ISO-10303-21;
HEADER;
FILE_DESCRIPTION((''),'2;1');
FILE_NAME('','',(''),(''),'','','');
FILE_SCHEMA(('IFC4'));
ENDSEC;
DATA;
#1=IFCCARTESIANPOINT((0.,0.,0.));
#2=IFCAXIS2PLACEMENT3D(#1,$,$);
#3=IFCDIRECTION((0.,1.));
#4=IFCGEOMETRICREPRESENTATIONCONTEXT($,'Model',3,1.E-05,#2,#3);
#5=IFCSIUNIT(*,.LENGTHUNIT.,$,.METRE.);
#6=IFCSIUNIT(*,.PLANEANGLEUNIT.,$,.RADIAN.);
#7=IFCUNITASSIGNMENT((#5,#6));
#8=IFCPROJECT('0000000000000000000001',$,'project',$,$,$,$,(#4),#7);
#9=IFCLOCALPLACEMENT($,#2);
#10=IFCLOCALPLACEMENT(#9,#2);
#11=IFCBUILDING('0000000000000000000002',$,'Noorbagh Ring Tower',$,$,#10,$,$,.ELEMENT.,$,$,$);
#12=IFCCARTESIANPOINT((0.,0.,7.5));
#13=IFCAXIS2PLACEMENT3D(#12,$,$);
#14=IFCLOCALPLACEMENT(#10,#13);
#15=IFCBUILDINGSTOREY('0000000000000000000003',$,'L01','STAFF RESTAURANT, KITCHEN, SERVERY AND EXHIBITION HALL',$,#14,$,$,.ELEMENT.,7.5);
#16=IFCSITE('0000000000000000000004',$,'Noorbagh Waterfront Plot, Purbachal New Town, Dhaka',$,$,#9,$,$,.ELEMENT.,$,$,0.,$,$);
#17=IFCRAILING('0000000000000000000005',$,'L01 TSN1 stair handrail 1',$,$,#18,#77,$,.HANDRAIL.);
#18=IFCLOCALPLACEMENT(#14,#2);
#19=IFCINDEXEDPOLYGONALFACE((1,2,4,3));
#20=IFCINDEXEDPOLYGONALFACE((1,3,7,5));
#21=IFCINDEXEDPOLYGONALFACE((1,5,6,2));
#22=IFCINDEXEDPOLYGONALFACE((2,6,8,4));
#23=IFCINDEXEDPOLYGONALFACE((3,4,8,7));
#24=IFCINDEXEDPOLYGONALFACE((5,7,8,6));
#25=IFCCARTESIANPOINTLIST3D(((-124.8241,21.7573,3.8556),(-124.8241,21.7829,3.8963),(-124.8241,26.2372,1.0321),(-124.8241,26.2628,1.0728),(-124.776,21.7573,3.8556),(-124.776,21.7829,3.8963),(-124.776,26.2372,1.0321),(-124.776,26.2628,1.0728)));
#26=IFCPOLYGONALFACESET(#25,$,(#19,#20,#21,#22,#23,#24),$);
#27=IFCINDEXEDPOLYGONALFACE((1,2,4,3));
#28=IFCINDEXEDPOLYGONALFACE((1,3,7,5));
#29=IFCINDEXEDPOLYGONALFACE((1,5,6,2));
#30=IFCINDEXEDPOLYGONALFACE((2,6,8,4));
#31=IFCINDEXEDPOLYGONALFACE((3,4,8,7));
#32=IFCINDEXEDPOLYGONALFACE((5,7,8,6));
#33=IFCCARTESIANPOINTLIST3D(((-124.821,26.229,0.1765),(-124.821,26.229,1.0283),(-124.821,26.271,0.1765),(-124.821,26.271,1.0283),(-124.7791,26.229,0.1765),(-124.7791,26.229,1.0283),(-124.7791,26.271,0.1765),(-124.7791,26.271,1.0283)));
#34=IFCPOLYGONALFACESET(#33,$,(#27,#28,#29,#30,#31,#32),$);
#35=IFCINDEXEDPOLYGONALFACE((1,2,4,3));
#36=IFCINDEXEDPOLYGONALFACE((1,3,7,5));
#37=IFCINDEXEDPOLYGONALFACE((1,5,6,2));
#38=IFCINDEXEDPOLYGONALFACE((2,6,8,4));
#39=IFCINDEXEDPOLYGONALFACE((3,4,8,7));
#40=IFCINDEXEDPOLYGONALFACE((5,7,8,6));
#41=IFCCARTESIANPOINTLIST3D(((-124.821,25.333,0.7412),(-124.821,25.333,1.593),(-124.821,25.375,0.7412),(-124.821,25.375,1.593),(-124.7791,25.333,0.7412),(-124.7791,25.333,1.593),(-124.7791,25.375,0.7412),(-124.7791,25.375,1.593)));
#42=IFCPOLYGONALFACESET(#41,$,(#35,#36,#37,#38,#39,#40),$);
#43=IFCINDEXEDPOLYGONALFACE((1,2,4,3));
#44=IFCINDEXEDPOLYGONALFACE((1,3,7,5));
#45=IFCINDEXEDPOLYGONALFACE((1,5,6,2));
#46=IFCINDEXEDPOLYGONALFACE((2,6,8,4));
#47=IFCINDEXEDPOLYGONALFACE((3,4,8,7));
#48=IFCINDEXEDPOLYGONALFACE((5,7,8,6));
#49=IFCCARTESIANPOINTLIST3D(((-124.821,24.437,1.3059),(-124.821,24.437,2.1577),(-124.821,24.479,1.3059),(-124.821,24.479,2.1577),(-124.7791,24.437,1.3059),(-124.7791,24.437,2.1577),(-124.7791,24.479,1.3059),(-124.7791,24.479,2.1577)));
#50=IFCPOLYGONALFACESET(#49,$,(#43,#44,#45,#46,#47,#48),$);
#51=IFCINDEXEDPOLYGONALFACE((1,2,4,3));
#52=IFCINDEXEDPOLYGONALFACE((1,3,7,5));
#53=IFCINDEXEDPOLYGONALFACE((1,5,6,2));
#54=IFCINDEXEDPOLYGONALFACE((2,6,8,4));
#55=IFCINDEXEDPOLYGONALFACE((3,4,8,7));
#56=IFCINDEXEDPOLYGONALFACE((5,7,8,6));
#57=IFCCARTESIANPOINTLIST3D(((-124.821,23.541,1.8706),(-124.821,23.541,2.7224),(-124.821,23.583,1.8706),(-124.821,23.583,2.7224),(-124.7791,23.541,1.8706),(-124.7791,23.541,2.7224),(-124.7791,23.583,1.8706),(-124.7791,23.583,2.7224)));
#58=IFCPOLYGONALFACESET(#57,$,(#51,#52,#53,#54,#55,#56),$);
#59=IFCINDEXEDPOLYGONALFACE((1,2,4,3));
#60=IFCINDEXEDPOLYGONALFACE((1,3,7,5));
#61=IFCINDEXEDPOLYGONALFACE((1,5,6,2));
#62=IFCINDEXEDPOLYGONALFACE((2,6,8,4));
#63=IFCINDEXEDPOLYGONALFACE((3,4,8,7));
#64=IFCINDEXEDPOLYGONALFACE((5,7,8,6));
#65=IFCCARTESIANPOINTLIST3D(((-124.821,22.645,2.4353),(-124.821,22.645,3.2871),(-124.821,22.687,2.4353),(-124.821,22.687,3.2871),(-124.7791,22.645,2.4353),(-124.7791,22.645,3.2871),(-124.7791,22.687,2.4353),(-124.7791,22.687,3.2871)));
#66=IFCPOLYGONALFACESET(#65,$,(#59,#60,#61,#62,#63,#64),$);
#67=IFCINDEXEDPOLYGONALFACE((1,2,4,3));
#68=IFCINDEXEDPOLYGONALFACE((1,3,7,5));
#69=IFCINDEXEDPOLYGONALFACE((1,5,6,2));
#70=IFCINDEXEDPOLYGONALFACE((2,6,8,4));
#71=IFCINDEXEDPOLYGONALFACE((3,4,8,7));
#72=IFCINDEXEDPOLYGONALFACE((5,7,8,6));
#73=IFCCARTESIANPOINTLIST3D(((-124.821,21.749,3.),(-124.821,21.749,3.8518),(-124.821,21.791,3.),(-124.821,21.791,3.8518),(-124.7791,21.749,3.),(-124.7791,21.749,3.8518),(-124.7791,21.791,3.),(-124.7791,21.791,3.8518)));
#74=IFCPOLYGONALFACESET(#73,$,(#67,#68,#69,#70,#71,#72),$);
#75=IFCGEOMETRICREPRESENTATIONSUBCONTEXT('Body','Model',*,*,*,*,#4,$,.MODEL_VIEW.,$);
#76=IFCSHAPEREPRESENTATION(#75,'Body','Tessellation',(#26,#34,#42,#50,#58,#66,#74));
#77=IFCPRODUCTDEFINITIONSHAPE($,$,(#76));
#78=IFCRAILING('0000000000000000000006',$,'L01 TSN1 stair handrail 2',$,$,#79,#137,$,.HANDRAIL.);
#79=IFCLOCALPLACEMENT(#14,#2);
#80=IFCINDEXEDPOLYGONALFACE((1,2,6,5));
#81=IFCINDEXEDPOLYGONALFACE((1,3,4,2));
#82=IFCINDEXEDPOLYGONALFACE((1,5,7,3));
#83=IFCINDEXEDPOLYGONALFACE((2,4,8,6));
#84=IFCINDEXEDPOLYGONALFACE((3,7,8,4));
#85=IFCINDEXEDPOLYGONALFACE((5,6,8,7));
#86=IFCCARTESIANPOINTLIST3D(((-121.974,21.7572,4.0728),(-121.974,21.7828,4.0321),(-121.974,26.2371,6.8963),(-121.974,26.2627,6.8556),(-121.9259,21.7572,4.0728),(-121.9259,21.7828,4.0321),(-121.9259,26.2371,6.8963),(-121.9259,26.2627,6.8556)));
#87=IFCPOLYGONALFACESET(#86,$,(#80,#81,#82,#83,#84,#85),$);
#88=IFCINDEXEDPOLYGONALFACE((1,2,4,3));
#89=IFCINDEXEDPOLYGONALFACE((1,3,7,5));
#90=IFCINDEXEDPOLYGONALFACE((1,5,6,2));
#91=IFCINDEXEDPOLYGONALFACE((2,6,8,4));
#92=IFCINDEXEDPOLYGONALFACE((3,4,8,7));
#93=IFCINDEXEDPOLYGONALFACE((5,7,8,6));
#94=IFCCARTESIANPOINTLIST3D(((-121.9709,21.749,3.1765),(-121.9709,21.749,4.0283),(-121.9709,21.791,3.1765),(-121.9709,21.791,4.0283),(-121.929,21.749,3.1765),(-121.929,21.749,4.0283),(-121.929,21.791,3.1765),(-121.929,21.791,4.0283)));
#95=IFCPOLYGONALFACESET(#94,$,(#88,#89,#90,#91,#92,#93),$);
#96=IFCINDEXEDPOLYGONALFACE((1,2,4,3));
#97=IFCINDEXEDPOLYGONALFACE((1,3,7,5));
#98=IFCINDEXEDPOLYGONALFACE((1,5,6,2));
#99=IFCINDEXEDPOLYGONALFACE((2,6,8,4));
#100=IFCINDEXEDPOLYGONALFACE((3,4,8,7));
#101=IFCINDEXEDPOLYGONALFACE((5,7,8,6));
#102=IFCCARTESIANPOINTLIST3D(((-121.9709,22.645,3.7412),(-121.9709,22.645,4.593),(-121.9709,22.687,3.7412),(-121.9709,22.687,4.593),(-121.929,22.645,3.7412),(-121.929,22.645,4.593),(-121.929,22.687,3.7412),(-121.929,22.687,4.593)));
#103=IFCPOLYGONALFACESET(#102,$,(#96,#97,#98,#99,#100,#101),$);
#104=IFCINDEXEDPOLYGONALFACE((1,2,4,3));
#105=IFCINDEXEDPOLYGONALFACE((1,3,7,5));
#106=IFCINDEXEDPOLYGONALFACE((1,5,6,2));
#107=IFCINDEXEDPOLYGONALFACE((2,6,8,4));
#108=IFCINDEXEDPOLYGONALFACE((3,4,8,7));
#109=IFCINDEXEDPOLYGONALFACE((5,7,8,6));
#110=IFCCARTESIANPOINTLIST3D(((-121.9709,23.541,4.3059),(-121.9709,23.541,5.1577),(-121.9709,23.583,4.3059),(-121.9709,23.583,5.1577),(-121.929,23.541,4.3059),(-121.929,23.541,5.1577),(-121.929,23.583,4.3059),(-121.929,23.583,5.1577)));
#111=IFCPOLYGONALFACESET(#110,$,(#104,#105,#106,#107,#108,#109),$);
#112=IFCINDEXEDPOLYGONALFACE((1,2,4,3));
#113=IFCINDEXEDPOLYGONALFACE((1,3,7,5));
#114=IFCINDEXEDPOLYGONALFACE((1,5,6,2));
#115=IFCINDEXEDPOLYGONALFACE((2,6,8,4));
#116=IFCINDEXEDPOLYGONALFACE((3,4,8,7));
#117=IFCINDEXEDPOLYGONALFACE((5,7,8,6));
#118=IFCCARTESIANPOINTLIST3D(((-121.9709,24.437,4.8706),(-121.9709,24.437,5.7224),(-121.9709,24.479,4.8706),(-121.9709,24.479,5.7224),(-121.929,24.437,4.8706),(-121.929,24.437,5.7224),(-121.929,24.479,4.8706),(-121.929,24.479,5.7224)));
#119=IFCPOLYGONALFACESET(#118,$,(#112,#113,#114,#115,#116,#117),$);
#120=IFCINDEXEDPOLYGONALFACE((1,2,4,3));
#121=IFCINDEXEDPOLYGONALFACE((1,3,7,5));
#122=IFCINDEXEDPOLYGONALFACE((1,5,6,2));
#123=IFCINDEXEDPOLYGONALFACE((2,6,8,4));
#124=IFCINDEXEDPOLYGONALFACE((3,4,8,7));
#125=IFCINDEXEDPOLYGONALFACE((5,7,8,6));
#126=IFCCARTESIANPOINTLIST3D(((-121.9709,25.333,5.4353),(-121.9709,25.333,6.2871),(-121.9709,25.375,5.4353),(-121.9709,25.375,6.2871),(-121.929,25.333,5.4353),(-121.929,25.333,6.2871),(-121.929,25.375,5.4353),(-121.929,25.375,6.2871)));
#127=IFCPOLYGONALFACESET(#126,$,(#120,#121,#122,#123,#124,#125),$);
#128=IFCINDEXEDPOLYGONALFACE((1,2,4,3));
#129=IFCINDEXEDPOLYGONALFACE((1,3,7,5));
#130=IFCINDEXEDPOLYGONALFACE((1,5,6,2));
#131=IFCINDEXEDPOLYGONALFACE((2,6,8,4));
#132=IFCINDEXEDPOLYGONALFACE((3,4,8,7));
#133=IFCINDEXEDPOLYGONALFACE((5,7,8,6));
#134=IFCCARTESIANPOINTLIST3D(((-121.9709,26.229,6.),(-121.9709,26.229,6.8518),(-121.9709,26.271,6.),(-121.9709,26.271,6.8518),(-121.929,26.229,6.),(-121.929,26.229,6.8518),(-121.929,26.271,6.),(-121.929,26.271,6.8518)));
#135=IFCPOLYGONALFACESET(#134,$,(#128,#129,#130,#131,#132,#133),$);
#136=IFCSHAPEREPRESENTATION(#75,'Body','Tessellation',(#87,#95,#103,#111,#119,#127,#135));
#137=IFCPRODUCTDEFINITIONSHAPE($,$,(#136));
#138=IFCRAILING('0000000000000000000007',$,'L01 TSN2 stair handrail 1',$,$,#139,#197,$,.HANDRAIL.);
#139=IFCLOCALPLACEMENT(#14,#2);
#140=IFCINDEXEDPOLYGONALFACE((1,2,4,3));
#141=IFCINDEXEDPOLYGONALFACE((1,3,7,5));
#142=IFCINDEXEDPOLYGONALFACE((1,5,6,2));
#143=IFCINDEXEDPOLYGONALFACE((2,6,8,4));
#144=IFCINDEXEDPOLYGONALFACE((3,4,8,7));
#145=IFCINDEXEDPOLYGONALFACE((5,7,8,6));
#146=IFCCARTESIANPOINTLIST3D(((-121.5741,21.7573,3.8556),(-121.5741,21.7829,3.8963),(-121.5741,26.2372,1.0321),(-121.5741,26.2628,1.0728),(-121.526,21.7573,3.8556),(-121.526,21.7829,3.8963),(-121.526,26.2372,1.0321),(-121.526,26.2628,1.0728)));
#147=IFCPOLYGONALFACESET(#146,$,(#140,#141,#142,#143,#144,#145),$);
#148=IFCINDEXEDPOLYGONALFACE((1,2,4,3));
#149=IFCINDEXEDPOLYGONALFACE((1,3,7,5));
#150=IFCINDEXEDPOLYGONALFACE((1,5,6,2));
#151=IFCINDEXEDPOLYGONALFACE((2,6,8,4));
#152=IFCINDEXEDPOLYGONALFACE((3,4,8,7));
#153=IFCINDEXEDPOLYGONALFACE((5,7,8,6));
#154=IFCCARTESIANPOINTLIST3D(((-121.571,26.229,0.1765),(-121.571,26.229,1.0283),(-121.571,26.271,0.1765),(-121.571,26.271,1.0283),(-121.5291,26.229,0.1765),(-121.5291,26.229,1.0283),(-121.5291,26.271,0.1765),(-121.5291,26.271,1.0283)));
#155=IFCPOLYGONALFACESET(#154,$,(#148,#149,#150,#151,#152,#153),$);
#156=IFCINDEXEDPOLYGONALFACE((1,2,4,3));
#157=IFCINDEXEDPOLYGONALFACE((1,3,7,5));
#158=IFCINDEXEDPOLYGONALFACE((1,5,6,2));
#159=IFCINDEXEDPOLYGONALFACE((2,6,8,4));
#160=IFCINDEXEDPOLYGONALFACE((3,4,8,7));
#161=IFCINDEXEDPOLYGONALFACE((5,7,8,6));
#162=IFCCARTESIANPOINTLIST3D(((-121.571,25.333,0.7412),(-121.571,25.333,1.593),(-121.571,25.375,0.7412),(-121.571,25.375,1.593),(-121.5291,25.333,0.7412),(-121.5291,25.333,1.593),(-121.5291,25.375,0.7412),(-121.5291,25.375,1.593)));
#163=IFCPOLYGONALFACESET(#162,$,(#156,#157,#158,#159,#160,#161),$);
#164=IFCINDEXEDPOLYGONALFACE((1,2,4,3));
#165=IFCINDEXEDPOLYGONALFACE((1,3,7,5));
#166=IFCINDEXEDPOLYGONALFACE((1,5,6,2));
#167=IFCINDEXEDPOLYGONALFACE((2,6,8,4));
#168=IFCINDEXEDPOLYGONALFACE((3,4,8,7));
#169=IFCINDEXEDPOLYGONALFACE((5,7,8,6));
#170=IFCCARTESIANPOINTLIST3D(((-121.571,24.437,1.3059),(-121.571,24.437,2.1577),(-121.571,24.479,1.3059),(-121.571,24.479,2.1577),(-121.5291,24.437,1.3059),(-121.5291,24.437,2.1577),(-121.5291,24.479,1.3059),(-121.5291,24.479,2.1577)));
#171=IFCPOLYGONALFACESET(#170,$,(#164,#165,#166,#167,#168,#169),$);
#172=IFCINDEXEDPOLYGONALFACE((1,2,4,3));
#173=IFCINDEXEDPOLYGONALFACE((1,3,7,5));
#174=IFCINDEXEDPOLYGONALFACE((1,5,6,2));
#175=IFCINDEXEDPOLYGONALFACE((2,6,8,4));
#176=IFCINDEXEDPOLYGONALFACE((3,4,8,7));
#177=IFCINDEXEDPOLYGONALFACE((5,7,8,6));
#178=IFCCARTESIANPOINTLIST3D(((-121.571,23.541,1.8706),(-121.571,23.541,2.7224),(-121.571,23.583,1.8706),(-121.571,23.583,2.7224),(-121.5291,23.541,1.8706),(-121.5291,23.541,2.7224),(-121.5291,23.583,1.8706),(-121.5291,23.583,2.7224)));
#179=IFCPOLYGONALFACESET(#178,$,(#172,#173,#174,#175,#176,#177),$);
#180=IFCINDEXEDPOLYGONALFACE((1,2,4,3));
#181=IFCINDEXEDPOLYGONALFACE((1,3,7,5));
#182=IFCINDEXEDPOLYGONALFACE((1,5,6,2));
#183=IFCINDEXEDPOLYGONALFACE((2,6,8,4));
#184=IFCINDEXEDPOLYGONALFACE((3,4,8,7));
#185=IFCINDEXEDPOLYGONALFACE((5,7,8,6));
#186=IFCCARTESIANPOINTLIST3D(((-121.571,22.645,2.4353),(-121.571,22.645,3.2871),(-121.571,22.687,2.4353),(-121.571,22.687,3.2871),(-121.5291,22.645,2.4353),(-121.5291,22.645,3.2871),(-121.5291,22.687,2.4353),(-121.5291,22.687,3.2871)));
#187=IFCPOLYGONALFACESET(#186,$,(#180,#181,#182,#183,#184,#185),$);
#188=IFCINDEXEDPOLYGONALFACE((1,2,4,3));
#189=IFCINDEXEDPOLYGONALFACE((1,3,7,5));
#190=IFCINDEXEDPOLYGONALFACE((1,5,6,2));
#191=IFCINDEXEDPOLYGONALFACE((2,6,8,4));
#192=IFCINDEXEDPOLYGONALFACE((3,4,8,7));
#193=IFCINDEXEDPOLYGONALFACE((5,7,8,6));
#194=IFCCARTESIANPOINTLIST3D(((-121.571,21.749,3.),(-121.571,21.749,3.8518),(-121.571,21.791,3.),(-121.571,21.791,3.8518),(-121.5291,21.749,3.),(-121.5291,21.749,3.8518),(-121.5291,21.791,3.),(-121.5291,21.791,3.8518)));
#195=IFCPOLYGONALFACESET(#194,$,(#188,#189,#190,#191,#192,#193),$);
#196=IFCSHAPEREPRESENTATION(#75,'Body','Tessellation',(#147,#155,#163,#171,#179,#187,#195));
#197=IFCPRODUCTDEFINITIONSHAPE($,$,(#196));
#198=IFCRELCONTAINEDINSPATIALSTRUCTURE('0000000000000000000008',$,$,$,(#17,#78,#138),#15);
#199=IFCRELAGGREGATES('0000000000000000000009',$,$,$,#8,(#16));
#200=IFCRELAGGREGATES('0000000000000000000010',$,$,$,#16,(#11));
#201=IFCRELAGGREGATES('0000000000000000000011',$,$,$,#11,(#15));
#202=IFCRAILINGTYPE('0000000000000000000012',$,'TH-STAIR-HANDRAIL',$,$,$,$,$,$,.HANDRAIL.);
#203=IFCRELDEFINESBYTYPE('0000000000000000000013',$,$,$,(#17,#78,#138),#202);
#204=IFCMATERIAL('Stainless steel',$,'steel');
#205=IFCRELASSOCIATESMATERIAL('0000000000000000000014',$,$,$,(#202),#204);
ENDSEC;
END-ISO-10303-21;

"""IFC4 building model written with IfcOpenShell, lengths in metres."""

from ifc_helpers import new_model, si_unit, direction, frame, origin, origin_2d, place, context, subcontext, project, spatial, rectangle, extrude, material, type_object, element, save


model = new_model("IFC4")

# Units and contexts
model_context = context("Model", 3, precision=1e-05, world=origin(), true_north=direction((0.0, 1.0)))
body_context = subcontext(model_context, "Body", "Model", "MODEL_VIEW")
ifc_project = project(units=[si_unit("LENGTHUNIT", "METRE"), si_unit("PLANEANGLEUNIT", "RADIAN")], contexts=[model_context])

# Site, building, storey
site_placement = place(None, origin())
site = spatial("IfcSite", under=ifc_project, at=site_placement, Name="Noorbagh Waterfront Plot, Purbachal New Town, Dhaka", CompositionType="ELEMENT", RefElevation=0.0)
building_placement = place(site_placement, origin())
building = spatial("IfcBuilding", under=site, at=building_placement, Name="Noorbagh Ring Tower", CompositionType="ELEMENT")
storey_placement = place(building_placement, frame((0.0, 0.0, 7.5)))
storey = spatial("IfcBuildingStorey", under=building, at=storey_placement, Name="L01", Description="STAFF RESTAURANT, KITCHEN, SERVERY AND EXHIBITION HALL", CompositionType="ELEMENT", Elevation=7.5)

# Railings
ifc_material_1 = material(Name="Stainless steel", Category="steel")
railing_type_1 = type_object("IfcRailingType", Name="TH-STAIR-HANDRAIL", PredefinedType="HANDRAIL", material=ifc_material_1)
railing_1_placement = place(storey_placement, frame((-124.8, 26.25, 0.1765)))
element("IfcRailing", 1, at=railing_1_placement, inside=storey, type_object=railing_type_1, Name="L01 TSN1 stair handrail 1", PredefinedType="HANDRAIL", context=body_context, shape_type="SweptSolid", body=[
    extrude(rectangle(XDim=0.0481, YDim=0.0481, at=origin_2d()), frame((0.0, 0.0, 0.876), z_axis=(0.0, -0.845998, 0.533186), x_axis=(1.0, 0.0, 0.0)), (0.0, 0.0, 1.0), 5.2954),
    extrude(rectangle(XDim=0.042, YDim=0.042, at=origin_2d()), origin(), (0.0, 0.0, 1.0), 0.8518),
    extrude(rectangle(XDim=0.042, YDim=0.042, at=origin_2d()), frame((0.0, -0.896, 0.5647)), (0.0, 0.0, 1.0), 0.8518),
    extrude(rectangle(XDim=0.042, YDim=0.042, at=origin_2d()), frame((0.0, -1.792, 1.1294)), (0.0, 0.0, 1.0), 0.8518),
    extrude(rectangle(XDim=0.042, YDim=0.042, at=origin_2d()), frame((0.0, -2.688, 1.6941)), (0.0, 0.0, 1.0), 0.8518),
    extrude(rectangle(XDim=0.042, YDim=0.042, at=origin_2d()), frame((0.0, -3.584, 2.2588)), (0.0, 0.0, 1.0), 0.8518),
    extrude(rectangle(XDim=0.042, YDim=0.042, at=origin_2d()), frame((0.0, -4.48, 2.8235)), (0.0, 0.0, 1.0), 0.8518),
])
railing_2_placement = place(storey_placement, frame((-121.95, 21.77, 3.1765)))
element("IfcRailing", 2, at=railing_2_placement, inside=storey, type_object=railing_type_1, Name="L01 TSN1 stair handrail 2", PredefinedType="HANDRAIL", context=body_context, shape_type="SweptSolid", body=[
    extrude(rectangle(XDim=0.0481, YDim=0.0481, at=origin_2d()), frame((0.0, 0.0, 0.876), z_axis=(0.0, 0.845998, 0.533186), x_axis=(-1.0, 0.0, 0.0)), (0.0, 0.0, 1.0), 5.2954),
    extrude(rectangle(XDim=0.042, YDim=0.042, at=origin_2d()), origin(), (0.0, 0.0, 1.0), 0.8518),
    extrude(rectangle(XDim=0.042, YDim=0.042, at=origin_2d()), frame((0.0, 0.896, 0.5647)), (0.0, 0.0, 1.0), 0.8518),
    extrude(rectangle(XDim=0.042, YDim=0.042, at=origin_2d()), frame((0.0, 1.792, 1.1294)), (0.0, 0.0, 1.0), 0.8518),
    extrude(rectangle(XDim=0.042, YDim=0.042, at=origin_2d()), frame((0.0, 2.688, 1.6941)), (0.0, 0.0, 1.0), 0.8518),
    extrude(rectangle(XDim=0.042, YDim=0.042, at=origin_2d()), frame((0.0, 3.584, 2.2588)), (0.0, 0.0, 1.0), 0.8518),
    extrude(rectangle(XDim=0.042, YDim=0.042, at=origin_2d()), frame((0.0, 4.48, 2.8235)), (0.0, 0.0, 1.0), 0.8518),
])
for number, where, name in (
    (3, (-121.55, 26.25, 0.1765), "L01 TSN2 stair handrail 1"),
):
    element("IfcRailing", number, at=place(storey_placement, frame(where)), inside=storey, type_object=railing_type_1, Name=name, PredefinedType="HANDRAIL", context=body_context, shape_type="SweptSolid", body=[
        extrude(rectangle(XDim=0.0481, YDim=0.0481, at=origin_2d()), frame((0.0, 0.0, 0.876), z_axis=(0.0, -0.845998, 0.533186), x_axis=(1.0, 0.0, 0.0)), (0.0, 0.0, 1.0), 5.2954),
        extrude(rectangle(XDim=0.042, YDim=0.042, at=origin_2d()), origin(), (0.0, 0.0, 1.0), 0.8518),
        extrude(rectangle(XDim=0.042, YDim=0.042, at=origin_2d()), frame((0.0, -0.896, 0.5647)), (0.0, 0.0, 1.0), 0.8518),
        extrude(rectangle(XDim=0.042, YDim=0.042, at=origin_2d()), frame((0.0, -1.792, 1.1294)), (0.0, 0.0, 1.0), 0.8518),
        extrude(rectangle(XDim=0.042, YDim=0.042, at=origin_2d()), frame((0.0, -2.688, 1.6941)), (0.0, 0.0, 1.0), 0.8518),
        extrude(rectangle(XDim=0.042, YDim=0.042, at=origin_2d()), frame((0.0, -3.584, 2.2588)), (0.0, 0.0, 1.0), 0.8518),
        extrude(rectangle(XDim=0.042, YDim=0.042, at=origin_2d()), frame((0.0, -4.48, 2.8235)), (0.0, 0.0, 1.0), 0.8518),
    ])

save(model, "model.ifc")
